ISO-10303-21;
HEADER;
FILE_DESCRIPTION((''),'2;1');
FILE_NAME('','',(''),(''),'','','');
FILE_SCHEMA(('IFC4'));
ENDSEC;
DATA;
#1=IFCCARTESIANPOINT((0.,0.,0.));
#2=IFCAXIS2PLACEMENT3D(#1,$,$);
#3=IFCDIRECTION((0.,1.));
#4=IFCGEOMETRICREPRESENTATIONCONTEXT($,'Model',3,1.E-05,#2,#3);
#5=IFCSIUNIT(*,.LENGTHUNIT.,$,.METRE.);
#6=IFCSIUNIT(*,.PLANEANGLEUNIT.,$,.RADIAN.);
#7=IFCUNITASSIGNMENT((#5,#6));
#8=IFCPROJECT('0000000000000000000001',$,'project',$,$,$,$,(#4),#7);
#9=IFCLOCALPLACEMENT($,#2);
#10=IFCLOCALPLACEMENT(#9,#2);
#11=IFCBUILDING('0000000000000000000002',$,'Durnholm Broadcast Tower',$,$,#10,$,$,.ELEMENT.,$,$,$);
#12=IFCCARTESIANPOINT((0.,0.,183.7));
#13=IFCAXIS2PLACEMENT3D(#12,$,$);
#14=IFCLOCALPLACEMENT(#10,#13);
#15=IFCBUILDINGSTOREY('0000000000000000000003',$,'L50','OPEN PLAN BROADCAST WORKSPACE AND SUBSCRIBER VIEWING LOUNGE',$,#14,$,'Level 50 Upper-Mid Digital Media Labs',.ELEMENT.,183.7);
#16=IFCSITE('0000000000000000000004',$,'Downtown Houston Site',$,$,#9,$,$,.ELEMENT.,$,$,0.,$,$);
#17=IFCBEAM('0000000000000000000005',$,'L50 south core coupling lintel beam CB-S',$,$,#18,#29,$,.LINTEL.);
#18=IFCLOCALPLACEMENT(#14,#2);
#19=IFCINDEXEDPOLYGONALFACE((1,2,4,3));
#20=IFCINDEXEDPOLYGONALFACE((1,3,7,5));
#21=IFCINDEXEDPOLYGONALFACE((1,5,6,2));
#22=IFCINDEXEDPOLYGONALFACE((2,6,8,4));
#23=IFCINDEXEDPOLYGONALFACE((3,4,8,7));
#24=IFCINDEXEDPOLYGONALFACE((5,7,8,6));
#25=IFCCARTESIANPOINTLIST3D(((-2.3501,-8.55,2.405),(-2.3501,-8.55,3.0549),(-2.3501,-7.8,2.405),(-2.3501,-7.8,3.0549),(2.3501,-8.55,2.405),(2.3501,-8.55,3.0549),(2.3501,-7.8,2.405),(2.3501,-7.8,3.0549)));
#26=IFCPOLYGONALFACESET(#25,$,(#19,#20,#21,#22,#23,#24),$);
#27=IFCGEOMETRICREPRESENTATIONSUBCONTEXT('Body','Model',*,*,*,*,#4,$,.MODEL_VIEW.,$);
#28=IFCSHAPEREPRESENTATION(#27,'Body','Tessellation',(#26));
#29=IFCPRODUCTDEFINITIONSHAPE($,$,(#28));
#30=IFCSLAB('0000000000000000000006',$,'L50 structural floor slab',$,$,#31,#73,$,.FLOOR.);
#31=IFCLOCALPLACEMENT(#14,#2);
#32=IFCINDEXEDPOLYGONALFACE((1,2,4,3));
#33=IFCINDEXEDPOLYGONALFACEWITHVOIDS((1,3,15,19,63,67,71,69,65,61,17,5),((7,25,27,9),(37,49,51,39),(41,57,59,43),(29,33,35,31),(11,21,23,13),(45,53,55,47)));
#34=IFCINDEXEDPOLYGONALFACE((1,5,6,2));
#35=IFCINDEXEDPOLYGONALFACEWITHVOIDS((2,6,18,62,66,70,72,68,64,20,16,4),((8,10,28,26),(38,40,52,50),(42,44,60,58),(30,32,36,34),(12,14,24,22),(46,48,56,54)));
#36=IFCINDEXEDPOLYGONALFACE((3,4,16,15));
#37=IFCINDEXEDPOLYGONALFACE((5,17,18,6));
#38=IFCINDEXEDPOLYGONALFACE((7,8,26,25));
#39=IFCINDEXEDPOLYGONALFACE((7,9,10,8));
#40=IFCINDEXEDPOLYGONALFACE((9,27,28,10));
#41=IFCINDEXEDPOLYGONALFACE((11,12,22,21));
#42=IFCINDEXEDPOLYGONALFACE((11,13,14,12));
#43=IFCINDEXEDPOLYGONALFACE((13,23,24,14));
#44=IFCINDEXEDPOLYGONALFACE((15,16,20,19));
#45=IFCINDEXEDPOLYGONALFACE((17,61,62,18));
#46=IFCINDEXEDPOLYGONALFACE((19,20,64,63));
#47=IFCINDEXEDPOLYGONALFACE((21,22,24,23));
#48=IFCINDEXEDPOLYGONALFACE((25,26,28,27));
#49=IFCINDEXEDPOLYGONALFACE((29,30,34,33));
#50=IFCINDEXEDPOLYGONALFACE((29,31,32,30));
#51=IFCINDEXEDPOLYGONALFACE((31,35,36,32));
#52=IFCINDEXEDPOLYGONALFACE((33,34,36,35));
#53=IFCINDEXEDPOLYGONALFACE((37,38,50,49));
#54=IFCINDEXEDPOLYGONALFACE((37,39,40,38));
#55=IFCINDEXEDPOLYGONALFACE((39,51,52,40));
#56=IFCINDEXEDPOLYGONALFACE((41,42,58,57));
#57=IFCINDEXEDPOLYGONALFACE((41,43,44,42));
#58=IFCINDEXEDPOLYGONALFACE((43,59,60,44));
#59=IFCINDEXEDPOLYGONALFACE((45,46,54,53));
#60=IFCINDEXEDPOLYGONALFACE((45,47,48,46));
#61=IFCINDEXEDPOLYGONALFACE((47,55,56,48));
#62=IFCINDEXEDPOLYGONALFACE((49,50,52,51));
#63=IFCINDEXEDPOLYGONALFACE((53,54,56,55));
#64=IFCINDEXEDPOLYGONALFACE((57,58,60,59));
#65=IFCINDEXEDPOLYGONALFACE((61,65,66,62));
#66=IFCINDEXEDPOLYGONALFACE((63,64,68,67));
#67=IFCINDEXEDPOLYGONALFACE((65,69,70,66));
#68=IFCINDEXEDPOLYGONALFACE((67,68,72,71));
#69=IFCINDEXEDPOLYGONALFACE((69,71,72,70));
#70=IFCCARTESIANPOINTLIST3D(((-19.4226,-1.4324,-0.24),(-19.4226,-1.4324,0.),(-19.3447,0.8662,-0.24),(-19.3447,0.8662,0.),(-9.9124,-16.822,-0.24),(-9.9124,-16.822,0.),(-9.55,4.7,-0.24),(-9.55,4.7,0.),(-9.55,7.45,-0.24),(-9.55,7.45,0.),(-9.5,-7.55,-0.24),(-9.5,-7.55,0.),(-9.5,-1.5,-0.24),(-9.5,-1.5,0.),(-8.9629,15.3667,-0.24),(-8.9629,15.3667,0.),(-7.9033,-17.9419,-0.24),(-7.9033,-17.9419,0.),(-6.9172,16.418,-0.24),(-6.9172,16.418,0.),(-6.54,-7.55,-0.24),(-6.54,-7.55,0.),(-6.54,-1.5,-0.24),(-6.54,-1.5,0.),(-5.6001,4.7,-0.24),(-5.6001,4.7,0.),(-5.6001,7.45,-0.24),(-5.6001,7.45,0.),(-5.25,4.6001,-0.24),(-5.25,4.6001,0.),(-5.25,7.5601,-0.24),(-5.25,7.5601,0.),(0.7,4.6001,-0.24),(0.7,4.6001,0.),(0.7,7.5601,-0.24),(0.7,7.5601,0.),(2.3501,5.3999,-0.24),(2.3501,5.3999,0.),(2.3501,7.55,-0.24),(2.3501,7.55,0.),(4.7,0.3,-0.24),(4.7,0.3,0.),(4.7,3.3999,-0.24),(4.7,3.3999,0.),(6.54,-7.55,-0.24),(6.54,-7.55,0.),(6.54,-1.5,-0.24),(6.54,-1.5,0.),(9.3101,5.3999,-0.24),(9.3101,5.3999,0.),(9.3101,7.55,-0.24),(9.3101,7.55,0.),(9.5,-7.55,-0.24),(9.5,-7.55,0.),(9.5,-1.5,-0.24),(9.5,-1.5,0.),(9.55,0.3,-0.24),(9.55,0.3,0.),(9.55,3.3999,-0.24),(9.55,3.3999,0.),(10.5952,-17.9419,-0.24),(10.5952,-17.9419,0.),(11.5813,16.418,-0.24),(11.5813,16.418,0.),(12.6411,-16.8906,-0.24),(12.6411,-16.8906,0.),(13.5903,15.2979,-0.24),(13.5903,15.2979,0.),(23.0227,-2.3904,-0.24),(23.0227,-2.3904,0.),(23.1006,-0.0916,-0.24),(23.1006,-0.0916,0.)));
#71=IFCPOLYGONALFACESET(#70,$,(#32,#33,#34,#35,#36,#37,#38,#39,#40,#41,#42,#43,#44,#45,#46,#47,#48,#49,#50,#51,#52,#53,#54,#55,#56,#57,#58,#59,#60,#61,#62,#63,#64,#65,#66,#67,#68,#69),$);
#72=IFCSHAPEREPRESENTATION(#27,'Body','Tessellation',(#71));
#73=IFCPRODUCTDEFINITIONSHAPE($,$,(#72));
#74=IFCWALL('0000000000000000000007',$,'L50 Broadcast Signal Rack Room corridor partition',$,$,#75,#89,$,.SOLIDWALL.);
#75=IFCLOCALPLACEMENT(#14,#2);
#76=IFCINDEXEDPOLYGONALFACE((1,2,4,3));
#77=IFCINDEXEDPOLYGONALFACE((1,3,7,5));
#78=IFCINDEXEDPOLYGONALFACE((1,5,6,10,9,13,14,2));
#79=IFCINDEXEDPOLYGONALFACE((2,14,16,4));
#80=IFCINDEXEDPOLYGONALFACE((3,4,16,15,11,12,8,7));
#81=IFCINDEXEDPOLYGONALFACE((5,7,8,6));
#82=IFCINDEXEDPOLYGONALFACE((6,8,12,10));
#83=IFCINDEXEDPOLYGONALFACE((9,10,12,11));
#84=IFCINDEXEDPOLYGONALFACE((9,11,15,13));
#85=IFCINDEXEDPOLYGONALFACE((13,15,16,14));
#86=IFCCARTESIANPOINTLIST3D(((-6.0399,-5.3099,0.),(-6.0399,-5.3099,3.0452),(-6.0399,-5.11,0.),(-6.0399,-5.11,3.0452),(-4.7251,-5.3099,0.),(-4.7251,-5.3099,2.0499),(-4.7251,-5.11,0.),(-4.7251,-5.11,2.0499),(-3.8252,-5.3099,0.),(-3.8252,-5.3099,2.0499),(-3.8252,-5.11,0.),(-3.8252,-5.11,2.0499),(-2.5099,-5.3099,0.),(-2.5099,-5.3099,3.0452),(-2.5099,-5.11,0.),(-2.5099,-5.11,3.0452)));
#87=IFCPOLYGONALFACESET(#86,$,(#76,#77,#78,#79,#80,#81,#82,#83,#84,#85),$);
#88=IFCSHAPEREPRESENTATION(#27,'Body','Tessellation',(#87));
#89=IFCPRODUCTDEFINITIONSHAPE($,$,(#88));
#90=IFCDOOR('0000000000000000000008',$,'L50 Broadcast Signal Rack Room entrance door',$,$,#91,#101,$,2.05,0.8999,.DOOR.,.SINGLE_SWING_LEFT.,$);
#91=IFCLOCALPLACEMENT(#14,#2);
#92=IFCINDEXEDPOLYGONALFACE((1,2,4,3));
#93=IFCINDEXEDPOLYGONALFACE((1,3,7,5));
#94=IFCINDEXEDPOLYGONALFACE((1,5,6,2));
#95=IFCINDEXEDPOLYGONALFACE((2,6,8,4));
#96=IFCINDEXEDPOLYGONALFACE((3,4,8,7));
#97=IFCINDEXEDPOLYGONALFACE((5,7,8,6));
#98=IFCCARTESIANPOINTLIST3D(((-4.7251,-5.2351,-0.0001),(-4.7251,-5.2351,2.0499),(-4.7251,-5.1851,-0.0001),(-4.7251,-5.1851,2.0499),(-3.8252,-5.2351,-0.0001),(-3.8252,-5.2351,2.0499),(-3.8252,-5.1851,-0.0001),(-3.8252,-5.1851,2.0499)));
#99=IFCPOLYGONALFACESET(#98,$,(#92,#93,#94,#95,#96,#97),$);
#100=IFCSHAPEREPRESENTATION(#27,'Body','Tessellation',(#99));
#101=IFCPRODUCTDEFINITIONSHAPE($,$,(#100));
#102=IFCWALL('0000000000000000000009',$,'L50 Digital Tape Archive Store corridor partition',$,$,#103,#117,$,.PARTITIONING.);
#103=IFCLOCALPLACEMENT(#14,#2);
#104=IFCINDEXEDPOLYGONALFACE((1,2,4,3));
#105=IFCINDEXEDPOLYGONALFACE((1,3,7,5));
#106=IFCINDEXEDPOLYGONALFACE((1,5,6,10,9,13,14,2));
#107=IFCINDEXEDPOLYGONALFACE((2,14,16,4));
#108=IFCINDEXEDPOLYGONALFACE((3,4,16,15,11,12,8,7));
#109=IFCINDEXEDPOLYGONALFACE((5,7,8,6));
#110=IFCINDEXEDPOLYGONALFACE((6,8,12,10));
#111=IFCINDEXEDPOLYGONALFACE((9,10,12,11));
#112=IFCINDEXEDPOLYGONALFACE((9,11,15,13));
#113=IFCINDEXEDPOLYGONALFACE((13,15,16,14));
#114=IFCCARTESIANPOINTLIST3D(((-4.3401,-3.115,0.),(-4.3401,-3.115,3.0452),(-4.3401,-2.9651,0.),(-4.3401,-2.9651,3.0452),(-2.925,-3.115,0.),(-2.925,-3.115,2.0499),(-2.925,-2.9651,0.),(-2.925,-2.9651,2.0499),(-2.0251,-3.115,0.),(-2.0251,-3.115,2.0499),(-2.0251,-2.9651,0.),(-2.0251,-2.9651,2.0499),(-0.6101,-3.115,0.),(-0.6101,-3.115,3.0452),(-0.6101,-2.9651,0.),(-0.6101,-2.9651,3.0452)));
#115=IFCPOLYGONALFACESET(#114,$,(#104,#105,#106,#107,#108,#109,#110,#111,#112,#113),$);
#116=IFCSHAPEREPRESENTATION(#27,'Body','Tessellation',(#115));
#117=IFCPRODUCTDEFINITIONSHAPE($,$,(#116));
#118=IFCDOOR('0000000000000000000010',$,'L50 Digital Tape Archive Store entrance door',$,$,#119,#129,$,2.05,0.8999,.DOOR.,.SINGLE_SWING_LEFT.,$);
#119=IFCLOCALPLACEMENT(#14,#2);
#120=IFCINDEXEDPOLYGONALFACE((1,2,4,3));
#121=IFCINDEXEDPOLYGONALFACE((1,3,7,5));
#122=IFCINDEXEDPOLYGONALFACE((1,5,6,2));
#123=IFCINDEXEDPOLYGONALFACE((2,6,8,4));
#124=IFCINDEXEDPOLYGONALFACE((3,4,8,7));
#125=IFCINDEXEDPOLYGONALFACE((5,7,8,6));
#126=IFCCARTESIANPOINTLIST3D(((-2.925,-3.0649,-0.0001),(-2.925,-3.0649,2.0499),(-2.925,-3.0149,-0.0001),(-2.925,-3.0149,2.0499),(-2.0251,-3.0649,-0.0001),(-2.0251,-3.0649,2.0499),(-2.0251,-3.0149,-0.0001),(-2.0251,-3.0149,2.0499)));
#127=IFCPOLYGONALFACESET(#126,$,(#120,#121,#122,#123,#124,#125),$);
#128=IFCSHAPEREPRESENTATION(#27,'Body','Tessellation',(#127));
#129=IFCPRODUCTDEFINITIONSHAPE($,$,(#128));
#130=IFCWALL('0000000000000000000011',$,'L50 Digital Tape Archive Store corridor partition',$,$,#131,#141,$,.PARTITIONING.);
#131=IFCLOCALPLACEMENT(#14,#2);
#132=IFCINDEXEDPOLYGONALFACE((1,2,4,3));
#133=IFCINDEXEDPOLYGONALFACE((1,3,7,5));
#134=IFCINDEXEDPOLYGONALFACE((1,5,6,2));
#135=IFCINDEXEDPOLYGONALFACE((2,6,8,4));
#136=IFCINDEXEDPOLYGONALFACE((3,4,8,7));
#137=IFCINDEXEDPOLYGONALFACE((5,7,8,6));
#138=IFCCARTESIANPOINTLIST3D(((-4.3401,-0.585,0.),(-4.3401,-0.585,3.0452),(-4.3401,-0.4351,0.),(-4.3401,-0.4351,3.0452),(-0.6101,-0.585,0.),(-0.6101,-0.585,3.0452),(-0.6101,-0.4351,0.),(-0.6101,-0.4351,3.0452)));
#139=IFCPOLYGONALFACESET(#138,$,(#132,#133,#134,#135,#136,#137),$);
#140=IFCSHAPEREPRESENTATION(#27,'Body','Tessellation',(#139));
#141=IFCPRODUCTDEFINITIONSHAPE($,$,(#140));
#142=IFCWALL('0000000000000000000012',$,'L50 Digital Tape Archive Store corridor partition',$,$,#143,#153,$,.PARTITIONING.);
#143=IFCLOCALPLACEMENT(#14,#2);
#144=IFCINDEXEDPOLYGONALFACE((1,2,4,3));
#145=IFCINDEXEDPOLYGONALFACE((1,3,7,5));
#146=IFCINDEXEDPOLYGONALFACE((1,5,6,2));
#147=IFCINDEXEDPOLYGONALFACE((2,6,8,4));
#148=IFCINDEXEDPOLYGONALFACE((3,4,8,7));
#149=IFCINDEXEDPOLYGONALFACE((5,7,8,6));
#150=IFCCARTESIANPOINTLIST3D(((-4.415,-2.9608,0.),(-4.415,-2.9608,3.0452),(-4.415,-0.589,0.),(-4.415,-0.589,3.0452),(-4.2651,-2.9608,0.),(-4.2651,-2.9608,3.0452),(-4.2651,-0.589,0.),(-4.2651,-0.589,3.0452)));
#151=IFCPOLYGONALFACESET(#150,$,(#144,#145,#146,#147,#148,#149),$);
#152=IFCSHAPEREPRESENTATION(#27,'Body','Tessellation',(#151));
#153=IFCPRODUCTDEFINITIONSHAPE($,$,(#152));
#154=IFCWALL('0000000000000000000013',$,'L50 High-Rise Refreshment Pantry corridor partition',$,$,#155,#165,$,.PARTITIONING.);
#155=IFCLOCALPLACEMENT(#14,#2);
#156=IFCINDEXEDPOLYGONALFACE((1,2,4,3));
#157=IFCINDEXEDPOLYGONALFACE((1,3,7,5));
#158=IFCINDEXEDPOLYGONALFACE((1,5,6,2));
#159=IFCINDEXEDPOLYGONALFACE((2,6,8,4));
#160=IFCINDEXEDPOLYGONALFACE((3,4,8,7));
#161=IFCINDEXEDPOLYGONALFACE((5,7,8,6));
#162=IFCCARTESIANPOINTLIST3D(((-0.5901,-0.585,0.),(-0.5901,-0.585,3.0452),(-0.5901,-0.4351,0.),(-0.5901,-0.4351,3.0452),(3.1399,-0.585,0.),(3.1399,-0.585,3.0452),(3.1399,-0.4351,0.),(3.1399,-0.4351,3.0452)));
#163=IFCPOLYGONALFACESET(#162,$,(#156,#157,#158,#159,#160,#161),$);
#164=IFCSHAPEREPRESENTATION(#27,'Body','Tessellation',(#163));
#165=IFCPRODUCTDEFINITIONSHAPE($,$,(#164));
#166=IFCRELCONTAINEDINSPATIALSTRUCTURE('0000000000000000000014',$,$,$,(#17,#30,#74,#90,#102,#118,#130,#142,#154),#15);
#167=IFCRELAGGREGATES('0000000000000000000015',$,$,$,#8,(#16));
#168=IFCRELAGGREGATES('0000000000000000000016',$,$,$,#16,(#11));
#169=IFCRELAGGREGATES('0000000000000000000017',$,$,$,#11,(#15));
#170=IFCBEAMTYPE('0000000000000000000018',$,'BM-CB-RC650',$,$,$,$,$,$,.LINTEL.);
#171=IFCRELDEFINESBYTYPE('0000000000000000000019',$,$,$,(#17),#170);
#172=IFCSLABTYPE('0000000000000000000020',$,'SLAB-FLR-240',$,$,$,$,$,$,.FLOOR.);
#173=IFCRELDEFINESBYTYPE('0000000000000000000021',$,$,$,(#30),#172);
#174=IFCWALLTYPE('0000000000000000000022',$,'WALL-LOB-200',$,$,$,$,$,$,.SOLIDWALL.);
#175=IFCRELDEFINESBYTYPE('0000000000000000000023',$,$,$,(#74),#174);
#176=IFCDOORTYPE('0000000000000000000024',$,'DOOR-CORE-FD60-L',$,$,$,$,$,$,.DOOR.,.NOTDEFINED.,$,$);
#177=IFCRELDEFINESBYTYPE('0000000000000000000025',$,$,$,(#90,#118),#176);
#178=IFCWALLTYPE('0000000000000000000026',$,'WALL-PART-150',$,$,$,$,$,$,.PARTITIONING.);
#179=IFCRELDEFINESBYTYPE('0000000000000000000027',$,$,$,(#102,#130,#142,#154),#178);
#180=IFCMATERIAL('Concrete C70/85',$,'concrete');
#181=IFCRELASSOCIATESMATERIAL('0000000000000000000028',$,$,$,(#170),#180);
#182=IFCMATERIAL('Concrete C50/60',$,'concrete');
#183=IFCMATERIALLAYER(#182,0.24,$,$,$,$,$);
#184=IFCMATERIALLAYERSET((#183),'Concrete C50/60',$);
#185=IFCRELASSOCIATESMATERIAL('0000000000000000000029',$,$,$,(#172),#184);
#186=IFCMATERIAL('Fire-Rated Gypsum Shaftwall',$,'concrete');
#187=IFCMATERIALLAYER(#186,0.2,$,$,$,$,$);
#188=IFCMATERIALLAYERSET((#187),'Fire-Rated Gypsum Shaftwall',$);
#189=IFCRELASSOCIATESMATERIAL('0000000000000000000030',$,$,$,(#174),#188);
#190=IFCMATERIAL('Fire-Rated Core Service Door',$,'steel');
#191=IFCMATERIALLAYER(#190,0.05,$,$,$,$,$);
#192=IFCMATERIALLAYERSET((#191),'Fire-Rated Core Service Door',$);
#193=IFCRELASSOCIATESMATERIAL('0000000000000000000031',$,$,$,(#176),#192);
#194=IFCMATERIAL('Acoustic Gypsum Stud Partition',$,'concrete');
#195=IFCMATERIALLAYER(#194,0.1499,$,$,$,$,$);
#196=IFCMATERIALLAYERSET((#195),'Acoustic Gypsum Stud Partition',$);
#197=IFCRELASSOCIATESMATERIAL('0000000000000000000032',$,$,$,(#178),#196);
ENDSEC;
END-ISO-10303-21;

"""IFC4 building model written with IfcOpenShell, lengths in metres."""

from ifc_helpers import new_model, si_unit, direction, frame, frame_2d, origin, origin_2d, place, context, subcontext, project, spatial, polyline, rectangle, outline, extrude, source, transform, mapped, material, layer, layer_set, material_profile, profile_set, type_object, type_shapes, element, fill, save


model = new_model("IFC4")

# Units and contexts
model_context = context("Model", 3, precision=1e-05, world=origin(), true_north=direction((0.0, 1.0)))
body_context = subcontext(model_context, "Body", "Model", "MODEL_VIEW")
ifc_project = project(units=[si_unit("LENGTHUNIT", "METRE"), si_unit("PLANEANGLEUNIT", "RADIAN")], contexts=[model_context])

# Site, building, storey
site_placement = place(None, origin())
site = spatial("IfcSite", under=ifc_project, at=site_placement, Name="Downtown Houston Site", CompositionType="ELEMENT", RefElevation=0.0)
building_placement = place(site_placement, origin())
building = spatial("IfcBuilding", under=site, at=building_placement, Name="Durnholm Broadcast Tower", CompositionType="ELEMENT")
storey_placement = place(building_placement, frame((0.0, 0.0, 183.7)))
storey = spatial("IfcBuildingStorey", under=building, at=storey_placement, Name="L50", Description="OPEN PLAN BROADCAST WORKSPACE AND SUBSCRIBER VIEWING LOUNGE", LongName="Level 50 Upper-Mid Digital Media Labs", CompositionType="ELEMENT", Elevation=183.7)

# Beam
ifc_material_1 = material(Name="Concrete C70/85", Category="concrete")
ifc_material_profile = material_profile(ifc_material_1, rectangle(XDim=0.75, YDim=0.6499, at=origin_2d()), Name="RC750X650")
ifc_profile_set = profile_set([ifc_material_profile], Name="Concrete C70/85")
beam_type = type_object("IfcBeamType", Name="BM-CB-RC650", PredefinedType="LINTEL", material=ifc_profile_set)
shared_shape_1 = source(origin(), body_context, "Body", "SweptSolid", [
    extrude(rectangle(XDim=0.75, YDim=0.6499, at=origin_2d()), origin(), (0.0, 0.0, 1.0), 4.7002),
])
type_shapes(beam_type, [shared_shape_1])
beam_placement = place(storey_placement, frame((-2.3501, -8.175, 2.73), z_axis=(1.0, 0.0, 0.0), x_axis=(0.0, 1.0, 0.0)))
element("IfcBeam", 1, at=beam_placement, inside=storey, type_object=beam_type, Name="L50 south core coupling lintel beam CB-S", PredefinedType="LINTEL", context=body_context, shape_type="MappedRepresentation", body=[
    mapped(shared_shape_1, transform((0.0, 0.0, 0.0), x_axis=(1.0, 0.0, 0.0), y_axis=(0.0, 1.0, 0.0), z_axis=(0.0, 0.0, 1.0), scale=1.0)),
])

# Slab
ifc_material_2 = material(Name="Concrete C50/60", Category="concrete")
ifc_layer_1 = layer(ifc_material_2, 0.24)
ifc_layer_set_1 = layer_set([ifc_layer_1], Name="Concrete C50/60")
slab_type = type_object("IfcSlabType", Name="SLAB-FLR-240", PredefinedType="FLOOR", material=ifc_layer_set_1)
slab_placement = place(storey_placement, frame((0.0, 0.0, -0.24)))
element("IfcSlab", 2, at=slab_placement, inside=storey, type_object=slab_type, Name="L50 structural floor slab", PredefinedType="FLOOR", context=body_context, shape_type="SweptSolid", body=[
    extrude(outline(polyline([(-9.9124, -16.822), (-7.9033, -17.9419), (10.5952, -17.9419), (12.6411, -16.8906), (23.0227, -2.3904), (23.1006, -0.0916), (13.5903, 15.2979), (11.5813, 16.418), (-6.9172, 16.418), (-8.9629, 15.3667), (-19.3447, 0.8662), (-19.4226, -1.4324), (-9.9124, -16.822)]), holes=[polyline([(-6.54, -1.5), (-9.5, -1.5), (-9.5, -7.55), (-6.54, -7.55), (-6.54, -1.5)]), polyline([(9.5, -7.55), (9.5, -1.5), (6.54, -1.5), (6.54, -7.55), (9.5, -7.55)]), polyline([(9.55, 3.3999), (4.7, 3.3999), (4.7, 0.3), (9.55, 0.3), (9.55, 3.3999)]), polyline([(-9.55, 7.45), (-9.55, 4.7), (-5.6001, 4.7), (-5.6001, 7.45), (-9.55, 7.45)]), polyline([(-5.25, 4.6001), (0.7, 4.6001), (0.7, 7.5601), (-5.25, 7.5601), (-5.25, 4.6001)]), polyline([(9.3101, 7.55), (2.3501, 7.55), (2.3501, 5.3999), (9.3101, 5.3999), (9.3101, 7.55)])]), origin(), (0.0, 0.0, 1.0), 0.24),
])

# Walls, openings, doors
ifc_material_3 = material(Name="Fire-Rated Gypsum Shaftwall", Category="concrete")
ifc_layer_2 = layer(ifc_material_3, 0.2)
ifc_layer_set_2 = layer_set([ifc_layer_2], Name="Fire-Rated Gypsum Shaftwall")
wall_type_1 = type_object("IfcWallType", Name="WALL-LOB-200", PredefinedType="SOLIDWALL", material=ifc_layer_set_2)
wall_1_placement = place(storey_placement, frame((-6.04, -5.21, 0.0), z_axis=(0.0, 0.0, 1.0), x_axis=(1.0, 0.0, 0.0)))
wall_1 = element("IfcWall", 3, at=wall_1_placement, inside=storey, type_object=wall_type_1, Name="L50 Broadcast Signal Rack Room corridor partition", PredefinedType="SOLIDWALL", context=body_context, shape_type="SweptSolid", body=[
    extrude(rectangle(XDim=3.53, YDim=0.2, at=frame_2d((1.7651, 0.0))), origin(), (0.0, 0.0, 1.0), 3.0452),
])
opening_1_placement = place(wall_1_placement, frame((1.3149, 0.0, 0.0)))
opening_1 = element("IfcOpeningElement", 4, at=opening_1_placement, cuts=wall_1, PredefinedType="OPENING", context=body_context, shape_type="SweptSolid", body=[
    extrude(rectangle(XDim=0.8999, YDim=2.05, at=frame_2d((0.45, 1.0249))), frame((0.0, 0.1099, 0.0), z_axis=(0.0, -1.0, 0.0), x_axis=(1.0, 0.0, 0.0)), (0.0, 0.0, 1.0), 0.22),
])
ifc_material_4 = material(Name="Fire-Rated Core Service Door", Category="steel")
ifc_layer_3 = layer(ifc_material_4, 0.05)
ifc_layer_set_3 = layer_set([ifc_layer_3], Name="Fire-Rated Core Service Door")
door_type_1 = type_object("IfcDoorType", Name="DOOR-CORE-FD60-L", OperationType="NOTDEFINED", PredefinedType="DOOR", material=ifc_layer_set_3)
shared_shape_2 = source(origin(), body_context, "Body", "SweptSolid", [
    extrude(rectangle(XDim=0.8999, YDim=2.05, at=frame_2d((0.45, 1.0249))), frame((0.0, 0.0249, 0.0), z_axis=(0.0, -1.0, 0.0), x_axis=(1.0, 0.0, 0.0)), (0.0, 0.0, 1.0), 0.05),
])
type_shapes(door_type_1, [shared_shape_2])
door_1_placement = place(opening_1_placement, origin())
door_1 = element("IfcDoor", 5, at=door_1_placement, inside=storey, type_object=door_type_1, Name="L50 Broadcast Signal Rack Room entrance door", OperationType="SINGLE_SWING_LEFT", OverallHeight=2.05, OverallWidth=0.8999, PredefinedType="DOOR", context=body_context, shape_type="MappedRepresentation", body=[
    mapped(shared_shape_2, transform((0.0, 0.0, 0.0), x_axis=(1.0, 0.0, 0.0), y_axis=(0.0, 1.0, 0.0), z_axis=(0.0, 0.0, 1.0), scale=1.0)),
])
fill(opening_1, door_1)
ifc_material_5 = material(Name="Acoustic Gypsum Stud Partition", Category="concrete")
ifc_layer_4 = layer(ifc_material_5, 0.1499)
ifc_layer_set_4 = layer_set([ifc_layer_4], Name="Acoustic Gypsum Stud Partition")
wall_type_2 = type_object("IfcWallType", Name="WALL-PART-150", PredefinedType="PARTITIONING", material=ifc_layer_set_4)
wall_2_placement = place(storey_placement, frame((-0.6101, -3.04, 0.0), z_axis=(0.0, 0.0, 1.0), x_axis=(-1.0, 0.0, 0.0)))
wall_2 = element("IfcWall", 6, at=wall_2_placement, inside=storey, type_object=wall_type_2, Name="L50 Digital Tape Archive Store corridor partition", PredefinedType="PARTITIONING", context=body_context, shape_type="SweptSolid", body=[
    extrude(rectangle(XDim=3.73, YDim=0.1499, at=frame_2d((1.865, 0.0))), origin(), (0.0, 0.0, 1.0), 3.0452),
])
opening_2_placement = place(wall_2_placement, frame((1.415, 0.0, 0.0)))
opening_2 = element("IfcOpeningElement", 7, at=opening_2_placement, cuts=wall_2, PredefinedType="OPENING", context=body_context, shape_type="SweptSolid", body=[
    extrude(rectangle(XDim=0.8999, YDim=2.05, at=frame_2d((0.45, 1.0249))), frame((0.0, 0.085, 0.0), z_axis=(0.0, -1.0, 0.0), x_axis=(1.0, 0.0, 0.0)), (0.0, 0.0, 1.0), 0.1699),
])
door_2_placement = place(opening_2_placement, origin())
door_2 = element("IfcDoor", 8, at=door_2_placement, inside=storey, type_object=door_type_1, Name="L50 Digital Tape Archive Store entrance door", OperationType="SINGLE_SWING_LEFT", OverallHeight=2.05, OverallWidth=0.8999, PredefinedType="DOOR", context=body_context, shape_type="MappedRepresentation", body=[
    mapped(shared_shape_2, transform((0.0, 0.0, 0.0), x_axis=(1.0, 0.0, 0.0), y_axis=(0.0, 1.0, 0.0), z_axis=(0.0, 0.0, 1.0), scale=1.0)),
])
fill(opening_2, door_2)

# Walls
wall_3_placement = place(storey_placement, frame((-4.3401, -0.51, 0.0), z_axis=(0.0, 0.0, 1.0), x_axis=(1.0, 0.0, 0.0)))
element("IfcWall", 9, at=wall_3_placement, inside=storey, type_object=wall_type_2, Name="L50 Digital Tape Archive Store corridor partition", PredefinedType="PARTITIONING", context=body_context, shape_type="SweptSolid", body=[
    extrude(rectangle(XDim=3.73, YDim=0.1499, at=frame_2d((1.865, 0.0))), origin(), (0.0, 0.0, 1.0), 3.0452),
])
wall_4_placement = place(storey_placement, frame((-4.3401, -2.9609, 0.0), z_axis=(0.0, 0.0, 1.0), x_axis=(0.0, 1.0, 0.0)))
element("IfcWall", 10, at=wall_4_placement, inside=storey, type_object=wall_type_2, Name="L50 Digital Tape Archive Store corridor partition", PredefinedType="PARTITIONING", context=body_context, shape_type="SweptSolid", body=[
    extrude(rectangle(XDim=2.3718, YDim=0.1499, at=frame_2d((1.186, 0.0))), origin(), (0.0, 0.0, 1.0), 3.0452),
])
wall_5_placement = place(storey_placement, frame((-0.5901, -0.51, 0.0), z_axis=(0.0, 0.0, 1.0), x_axis=(1.0, 0.0, 0.0)))
element("IfcWall", 11, at=wall_5_placement, inside=storey, type_object=wall_type_2, Name="L50 High-Rise Refreshment Pantry corridor partition", PredefinedType="PARTITIONING", context=body_context, shape_type="SweptSolid", body=[
    extrude(rectangle(XDim=3.73, YDim=0.1499, at=frame_2d((1.865, 0.0))), origin(), (0.0, 0.0, 1.0), 3.0452),
])

save(model, "model.ifc")
